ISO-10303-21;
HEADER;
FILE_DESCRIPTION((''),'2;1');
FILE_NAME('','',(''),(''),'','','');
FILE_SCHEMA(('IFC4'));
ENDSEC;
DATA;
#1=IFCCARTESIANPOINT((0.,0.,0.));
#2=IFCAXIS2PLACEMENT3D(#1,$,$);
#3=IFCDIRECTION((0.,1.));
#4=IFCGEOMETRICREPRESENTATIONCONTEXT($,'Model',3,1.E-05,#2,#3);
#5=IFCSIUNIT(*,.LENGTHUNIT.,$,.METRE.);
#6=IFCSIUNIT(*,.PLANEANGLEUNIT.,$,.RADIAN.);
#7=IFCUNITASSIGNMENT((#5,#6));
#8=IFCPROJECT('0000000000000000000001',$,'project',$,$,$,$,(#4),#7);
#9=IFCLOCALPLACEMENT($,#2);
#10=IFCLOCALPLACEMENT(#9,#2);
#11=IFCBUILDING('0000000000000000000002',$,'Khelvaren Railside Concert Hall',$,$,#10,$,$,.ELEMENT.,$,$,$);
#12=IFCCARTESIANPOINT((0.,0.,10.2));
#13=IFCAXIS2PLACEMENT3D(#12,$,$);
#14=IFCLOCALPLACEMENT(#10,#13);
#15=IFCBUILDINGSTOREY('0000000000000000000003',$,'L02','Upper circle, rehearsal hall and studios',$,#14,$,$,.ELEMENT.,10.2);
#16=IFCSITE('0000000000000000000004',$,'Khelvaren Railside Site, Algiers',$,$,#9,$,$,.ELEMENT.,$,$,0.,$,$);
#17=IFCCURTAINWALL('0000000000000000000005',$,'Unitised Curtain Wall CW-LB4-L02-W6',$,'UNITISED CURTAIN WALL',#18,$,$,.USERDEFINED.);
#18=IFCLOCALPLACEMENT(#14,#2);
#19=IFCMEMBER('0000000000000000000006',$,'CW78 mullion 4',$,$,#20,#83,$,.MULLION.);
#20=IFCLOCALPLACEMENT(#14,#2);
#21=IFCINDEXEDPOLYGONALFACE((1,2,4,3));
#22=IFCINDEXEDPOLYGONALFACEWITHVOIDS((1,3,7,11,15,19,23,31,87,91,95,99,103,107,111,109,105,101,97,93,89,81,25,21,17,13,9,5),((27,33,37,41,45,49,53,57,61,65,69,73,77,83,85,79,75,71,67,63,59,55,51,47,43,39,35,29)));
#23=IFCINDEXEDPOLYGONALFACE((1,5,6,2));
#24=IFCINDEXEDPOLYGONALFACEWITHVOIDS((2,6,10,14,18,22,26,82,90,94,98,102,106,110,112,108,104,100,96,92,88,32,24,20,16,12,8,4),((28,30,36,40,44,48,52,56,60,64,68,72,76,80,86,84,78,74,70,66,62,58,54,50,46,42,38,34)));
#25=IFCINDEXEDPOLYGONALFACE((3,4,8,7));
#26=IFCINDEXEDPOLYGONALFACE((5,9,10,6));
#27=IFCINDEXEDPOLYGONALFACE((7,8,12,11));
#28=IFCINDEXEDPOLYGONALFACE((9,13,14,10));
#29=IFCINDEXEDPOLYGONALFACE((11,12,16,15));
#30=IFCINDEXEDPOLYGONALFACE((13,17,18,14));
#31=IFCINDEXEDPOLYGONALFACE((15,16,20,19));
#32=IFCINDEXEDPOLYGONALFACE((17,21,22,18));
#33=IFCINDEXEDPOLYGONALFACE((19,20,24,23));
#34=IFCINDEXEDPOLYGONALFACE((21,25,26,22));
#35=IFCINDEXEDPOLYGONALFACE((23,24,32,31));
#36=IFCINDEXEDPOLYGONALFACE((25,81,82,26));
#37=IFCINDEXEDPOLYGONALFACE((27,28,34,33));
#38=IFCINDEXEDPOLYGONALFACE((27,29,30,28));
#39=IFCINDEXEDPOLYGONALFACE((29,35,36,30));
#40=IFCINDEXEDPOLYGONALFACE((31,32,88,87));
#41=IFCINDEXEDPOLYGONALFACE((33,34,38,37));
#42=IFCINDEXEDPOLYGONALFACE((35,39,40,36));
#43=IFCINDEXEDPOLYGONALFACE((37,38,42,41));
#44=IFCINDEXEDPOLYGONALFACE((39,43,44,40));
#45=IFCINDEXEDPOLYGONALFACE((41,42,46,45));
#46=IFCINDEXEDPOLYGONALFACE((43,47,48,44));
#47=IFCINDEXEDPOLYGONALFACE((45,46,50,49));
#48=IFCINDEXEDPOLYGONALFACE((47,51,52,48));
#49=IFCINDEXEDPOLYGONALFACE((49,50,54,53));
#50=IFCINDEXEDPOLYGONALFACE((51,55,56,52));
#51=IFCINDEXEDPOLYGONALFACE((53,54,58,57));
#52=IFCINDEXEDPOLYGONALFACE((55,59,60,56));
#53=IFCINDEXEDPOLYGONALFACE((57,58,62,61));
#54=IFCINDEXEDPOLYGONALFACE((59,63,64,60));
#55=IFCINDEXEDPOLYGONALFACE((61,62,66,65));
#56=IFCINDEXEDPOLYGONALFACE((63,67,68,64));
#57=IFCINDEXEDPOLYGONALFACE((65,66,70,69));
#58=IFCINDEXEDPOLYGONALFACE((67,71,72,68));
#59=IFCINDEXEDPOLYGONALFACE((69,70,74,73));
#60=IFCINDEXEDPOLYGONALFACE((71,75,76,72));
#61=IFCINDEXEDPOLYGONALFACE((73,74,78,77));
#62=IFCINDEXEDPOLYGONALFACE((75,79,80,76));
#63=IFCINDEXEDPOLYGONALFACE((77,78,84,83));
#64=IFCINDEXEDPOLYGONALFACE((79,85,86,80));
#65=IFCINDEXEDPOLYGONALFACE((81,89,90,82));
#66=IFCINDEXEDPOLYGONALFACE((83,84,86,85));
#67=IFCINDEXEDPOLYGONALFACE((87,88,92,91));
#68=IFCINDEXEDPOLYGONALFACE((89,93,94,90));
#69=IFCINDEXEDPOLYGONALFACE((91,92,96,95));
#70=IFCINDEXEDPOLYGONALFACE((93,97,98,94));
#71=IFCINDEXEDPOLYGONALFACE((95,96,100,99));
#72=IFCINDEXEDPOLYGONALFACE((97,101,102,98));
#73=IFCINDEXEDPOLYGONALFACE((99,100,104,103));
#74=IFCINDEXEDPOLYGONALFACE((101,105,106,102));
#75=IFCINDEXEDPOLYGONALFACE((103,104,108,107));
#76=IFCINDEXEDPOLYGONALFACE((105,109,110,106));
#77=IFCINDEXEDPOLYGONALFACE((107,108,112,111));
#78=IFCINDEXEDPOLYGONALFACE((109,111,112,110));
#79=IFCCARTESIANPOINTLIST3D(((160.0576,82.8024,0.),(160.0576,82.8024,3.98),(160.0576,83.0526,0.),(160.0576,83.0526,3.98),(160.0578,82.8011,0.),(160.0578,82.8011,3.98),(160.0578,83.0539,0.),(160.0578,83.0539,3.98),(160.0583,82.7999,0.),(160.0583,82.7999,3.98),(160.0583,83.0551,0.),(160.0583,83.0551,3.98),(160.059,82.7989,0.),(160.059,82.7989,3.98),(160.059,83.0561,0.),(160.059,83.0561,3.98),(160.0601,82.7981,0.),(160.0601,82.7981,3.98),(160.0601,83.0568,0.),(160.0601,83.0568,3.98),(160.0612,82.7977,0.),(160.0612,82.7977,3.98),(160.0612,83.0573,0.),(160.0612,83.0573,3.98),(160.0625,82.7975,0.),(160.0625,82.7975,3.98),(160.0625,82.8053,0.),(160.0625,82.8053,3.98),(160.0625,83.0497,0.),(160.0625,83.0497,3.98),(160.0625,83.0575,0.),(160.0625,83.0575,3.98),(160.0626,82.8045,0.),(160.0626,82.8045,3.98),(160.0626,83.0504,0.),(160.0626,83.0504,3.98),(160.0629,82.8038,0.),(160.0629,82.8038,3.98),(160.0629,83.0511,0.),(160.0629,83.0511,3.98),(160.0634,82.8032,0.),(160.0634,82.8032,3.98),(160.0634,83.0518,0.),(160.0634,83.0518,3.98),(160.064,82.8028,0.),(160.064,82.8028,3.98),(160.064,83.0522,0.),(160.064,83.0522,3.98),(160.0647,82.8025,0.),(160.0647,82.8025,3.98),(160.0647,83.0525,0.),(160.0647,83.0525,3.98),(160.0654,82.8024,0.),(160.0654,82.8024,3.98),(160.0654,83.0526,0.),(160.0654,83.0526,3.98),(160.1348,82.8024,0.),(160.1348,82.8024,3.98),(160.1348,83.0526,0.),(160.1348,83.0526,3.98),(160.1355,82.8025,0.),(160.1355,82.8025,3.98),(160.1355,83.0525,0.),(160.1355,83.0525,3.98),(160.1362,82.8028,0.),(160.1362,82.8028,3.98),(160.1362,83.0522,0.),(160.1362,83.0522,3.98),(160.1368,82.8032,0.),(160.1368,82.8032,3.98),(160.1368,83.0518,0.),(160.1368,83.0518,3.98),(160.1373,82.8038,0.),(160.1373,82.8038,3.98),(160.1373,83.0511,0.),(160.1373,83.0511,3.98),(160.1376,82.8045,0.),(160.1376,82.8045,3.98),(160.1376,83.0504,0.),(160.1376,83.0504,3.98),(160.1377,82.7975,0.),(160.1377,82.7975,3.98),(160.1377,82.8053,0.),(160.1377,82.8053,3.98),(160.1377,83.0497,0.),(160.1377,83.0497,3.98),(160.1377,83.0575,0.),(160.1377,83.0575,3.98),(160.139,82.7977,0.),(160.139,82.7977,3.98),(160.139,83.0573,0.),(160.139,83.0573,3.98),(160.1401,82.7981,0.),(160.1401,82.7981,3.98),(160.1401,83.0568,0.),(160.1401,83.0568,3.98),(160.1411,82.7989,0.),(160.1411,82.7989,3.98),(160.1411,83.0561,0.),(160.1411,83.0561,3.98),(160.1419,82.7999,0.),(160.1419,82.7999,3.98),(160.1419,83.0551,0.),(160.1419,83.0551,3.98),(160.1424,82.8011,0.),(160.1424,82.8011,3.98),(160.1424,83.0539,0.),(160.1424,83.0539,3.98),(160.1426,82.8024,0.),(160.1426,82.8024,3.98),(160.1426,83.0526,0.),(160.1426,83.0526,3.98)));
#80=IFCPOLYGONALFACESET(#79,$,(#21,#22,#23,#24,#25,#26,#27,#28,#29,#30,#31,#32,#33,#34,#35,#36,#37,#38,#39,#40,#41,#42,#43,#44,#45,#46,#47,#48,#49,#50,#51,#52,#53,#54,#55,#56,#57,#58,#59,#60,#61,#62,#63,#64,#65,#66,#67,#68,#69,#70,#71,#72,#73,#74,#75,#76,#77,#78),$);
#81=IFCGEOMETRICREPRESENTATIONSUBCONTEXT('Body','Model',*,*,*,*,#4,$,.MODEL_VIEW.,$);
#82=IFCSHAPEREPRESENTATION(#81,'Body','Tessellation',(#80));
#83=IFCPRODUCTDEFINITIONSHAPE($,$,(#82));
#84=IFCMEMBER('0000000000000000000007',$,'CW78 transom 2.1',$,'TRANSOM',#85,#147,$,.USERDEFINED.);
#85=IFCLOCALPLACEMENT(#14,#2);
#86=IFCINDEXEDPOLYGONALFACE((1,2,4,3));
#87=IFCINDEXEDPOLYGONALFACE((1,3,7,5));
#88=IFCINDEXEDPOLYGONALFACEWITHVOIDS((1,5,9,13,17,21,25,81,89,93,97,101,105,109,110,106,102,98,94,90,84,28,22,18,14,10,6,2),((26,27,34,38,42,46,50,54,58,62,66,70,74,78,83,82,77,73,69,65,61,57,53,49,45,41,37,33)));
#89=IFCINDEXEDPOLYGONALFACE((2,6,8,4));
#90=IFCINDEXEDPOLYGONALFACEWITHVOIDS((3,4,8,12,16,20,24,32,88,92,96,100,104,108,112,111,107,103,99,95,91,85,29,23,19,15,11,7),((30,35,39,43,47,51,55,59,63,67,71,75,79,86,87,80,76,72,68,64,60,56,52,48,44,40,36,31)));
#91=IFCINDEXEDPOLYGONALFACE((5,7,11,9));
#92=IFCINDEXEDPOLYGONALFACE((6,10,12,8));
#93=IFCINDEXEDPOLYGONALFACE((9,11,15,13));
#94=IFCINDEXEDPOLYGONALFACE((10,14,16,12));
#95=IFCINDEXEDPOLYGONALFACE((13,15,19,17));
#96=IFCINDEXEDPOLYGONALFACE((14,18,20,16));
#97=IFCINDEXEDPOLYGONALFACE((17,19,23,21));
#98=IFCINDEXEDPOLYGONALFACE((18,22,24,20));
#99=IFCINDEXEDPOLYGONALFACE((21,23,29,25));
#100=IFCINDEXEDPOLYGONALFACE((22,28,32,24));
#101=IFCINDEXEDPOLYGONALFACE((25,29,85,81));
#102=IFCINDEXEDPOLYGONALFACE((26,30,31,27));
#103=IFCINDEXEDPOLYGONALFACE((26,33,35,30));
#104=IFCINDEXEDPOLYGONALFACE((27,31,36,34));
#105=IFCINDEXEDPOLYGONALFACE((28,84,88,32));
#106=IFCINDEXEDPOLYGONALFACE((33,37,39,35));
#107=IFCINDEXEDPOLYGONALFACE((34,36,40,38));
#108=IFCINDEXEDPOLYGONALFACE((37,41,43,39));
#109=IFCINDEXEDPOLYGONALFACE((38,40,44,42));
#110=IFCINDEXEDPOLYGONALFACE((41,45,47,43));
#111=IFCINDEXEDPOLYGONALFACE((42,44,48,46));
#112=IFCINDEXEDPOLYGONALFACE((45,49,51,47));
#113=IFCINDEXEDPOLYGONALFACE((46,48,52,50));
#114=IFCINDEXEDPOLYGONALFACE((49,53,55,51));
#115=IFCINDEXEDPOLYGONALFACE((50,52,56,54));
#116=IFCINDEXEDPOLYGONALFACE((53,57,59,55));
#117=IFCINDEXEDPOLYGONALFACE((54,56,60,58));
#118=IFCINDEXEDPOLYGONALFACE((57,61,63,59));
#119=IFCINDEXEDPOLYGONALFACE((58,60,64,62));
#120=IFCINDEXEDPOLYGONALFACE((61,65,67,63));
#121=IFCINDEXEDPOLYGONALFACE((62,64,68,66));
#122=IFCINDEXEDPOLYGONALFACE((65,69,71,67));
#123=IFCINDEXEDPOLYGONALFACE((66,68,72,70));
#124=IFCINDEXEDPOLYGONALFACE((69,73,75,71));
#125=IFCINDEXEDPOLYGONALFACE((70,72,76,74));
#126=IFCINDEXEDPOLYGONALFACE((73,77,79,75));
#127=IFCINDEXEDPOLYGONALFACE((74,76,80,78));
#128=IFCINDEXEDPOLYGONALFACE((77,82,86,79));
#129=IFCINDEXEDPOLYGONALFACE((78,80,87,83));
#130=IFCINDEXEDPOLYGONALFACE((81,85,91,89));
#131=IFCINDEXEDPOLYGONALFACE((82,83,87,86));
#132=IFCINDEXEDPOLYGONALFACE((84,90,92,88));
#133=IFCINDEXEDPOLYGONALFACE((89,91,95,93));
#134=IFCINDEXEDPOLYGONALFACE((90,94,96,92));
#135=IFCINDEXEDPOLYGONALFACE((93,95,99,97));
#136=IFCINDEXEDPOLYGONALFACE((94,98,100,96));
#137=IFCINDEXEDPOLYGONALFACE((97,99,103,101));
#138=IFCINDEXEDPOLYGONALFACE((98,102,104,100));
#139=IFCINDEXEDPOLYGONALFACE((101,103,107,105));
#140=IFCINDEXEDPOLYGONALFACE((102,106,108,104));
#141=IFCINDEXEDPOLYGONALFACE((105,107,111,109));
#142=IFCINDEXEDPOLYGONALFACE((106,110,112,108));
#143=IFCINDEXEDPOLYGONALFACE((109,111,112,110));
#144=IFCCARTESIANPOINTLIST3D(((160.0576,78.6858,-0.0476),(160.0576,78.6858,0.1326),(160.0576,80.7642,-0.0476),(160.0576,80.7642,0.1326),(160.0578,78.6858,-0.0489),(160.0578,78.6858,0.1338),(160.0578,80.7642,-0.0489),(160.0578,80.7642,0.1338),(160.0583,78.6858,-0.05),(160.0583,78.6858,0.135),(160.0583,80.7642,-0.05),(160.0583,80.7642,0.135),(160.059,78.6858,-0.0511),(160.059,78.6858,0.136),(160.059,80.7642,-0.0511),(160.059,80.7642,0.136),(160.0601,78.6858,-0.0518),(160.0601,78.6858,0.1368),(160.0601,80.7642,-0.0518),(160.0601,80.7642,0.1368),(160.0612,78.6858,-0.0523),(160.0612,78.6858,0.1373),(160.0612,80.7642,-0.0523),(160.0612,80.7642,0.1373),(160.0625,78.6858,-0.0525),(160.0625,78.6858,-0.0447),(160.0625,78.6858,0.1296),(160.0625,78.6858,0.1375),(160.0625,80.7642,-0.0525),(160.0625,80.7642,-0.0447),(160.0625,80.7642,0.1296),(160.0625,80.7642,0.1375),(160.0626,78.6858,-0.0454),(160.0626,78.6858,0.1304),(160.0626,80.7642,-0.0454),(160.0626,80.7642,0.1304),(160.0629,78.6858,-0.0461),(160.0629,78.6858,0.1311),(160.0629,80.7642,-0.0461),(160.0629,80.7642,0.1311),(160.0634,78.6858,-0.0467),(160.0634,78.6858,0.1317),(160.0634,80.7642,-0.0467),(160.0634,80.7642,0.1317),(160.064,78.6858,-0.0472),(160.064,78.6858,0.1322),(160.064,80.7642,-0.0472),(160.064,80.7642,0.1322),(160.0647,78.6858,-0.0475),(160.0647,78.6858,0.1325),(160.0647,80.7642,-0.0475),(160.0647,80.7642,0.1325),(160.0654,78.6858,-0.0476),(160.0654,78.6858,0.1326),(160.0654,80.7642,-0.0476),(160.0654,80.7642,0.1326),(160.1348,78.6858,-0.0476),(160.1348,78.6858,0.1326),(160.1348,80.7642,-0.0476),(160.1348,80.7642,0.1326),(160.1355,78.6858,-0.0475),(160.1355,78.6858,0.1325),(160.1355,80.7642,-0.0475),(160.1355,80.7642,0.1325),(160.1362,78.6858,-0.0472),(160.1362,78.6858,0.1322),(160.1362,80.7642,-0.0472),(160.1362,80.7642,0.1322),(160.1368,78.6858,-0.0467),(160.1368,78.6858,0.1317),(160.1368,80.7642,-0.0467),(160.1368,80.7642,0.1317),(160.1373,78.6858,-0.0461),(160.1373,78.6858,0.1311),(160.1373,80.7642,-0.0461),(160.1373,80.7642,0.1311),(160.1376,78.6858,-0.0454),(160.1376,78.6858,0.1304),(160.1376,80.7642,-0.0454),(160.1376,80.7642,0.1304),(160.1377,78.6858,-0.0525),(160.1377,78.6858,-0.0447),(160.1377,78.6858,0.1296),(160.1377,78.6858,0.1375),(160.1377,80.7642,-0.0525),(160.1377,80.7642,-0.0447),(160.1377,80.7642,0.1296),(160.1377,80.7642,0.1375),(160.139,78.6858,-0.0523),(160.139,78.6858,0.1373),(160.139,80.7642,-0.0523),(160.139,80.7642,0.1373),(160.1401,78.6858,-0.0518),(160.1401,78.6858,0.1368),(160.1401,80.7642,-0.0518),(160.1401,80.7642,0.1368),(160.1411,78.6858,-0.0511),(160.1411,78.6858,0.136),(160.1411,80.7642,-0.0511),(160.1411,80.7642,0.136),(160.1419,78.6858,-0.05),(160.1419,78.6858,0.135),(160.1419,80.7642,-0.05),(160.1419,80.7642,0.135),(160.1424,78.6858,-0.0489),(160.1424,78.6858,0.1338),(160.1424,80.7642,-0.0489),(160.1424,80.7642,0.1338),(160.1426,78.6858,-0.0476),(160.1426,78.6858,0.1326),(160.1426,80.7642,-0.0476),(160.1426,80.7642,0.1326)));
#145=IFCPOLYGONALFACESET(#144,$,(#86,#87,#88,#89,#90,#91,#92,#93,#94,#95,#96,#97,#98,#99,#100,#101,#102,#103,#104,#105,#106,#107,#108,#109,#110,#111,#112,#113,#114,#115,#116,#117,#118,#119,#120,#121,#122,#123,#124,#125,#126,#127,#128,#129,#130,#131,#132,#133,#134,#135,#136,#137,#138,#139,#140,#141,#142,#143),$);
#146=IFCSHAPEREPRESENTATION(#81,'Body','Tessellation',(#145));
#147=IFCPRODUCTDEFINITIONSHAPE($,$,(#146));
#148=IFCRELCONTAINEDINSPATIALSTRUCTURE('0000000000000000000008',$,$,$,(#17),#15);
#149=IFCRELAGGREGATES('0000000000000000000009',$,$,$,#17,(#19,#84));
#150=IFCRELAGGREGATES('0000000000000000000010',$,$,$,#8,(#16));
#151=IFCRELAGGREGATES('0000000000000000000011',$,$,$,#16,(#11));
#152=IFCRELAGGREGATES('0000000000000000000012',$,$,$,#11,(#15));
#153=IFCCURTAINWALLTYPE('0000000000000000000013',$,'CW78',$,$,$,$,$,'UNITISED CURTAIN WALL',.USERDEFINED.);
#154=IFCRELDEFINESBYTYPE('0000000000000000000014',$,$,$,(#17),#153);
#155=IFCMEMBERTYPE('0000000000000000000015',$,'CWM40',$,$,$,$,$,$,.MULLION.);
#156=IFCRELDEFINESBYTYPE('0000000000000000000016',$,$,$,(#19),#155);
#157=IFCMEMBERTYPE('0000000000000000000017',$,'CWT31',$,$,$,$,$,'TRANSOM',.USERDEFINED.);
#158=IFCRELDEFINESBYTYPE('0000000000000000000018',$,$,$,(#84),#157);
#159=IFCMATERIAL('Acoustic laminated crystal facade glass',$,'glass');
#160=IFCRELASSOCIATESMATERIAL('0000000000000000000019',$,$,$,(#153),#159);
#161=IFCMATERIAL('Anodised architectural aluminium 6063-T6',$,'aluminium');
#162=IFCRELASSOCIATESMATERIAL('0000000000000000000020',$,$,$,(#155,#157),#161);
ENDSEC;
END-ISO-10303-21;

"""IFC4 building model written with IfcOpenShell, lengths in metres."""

from ifc_helpers import new_model, si_unit, direction, frame, origin, origin_2d, place, context, subcontext, project, spatial, hollow_rectangle, extrude, material, material_profile, profile_set, type_object, element, aggregate, save


model = new_model("IFC4")

# Units and contexts
model_context = context("Model", 3, precision=1e-05, world=origin(), true_north=direction((0.0, 1.0)))
body_context = subcontext(model_context, "Body", "Model", "MODEL_VIEW")
ifc_project = project(units=[si_unit("LENGTHUNIT", "METRE"), si_unit("PLANEANGLEUNIT", "RADIAN")], contexts=[model_context])

# Site, building, storey
site_placement = place(None, origin())
site = spatial("IfcSite", under=ifc_project, at=site_placement, Name="Khelvaren Railside Site, Algiers", CompositionType="ELEMENT", RefElevation=0.0)
building_placement = place(site_placement, origin())
building = spatial("IfcBuilding", under=site, at=building_placement, Name="Khelvaren Railside Concert Hall", CompositionType="ELEMENT")
storey_placement = place(building_placement, frame((0.0, 0.0, 10.2)))
storey = spatial("IfcBuildingStorey", under=building, at=storey_placement, Name="L02", Description="Upper circle, rehearsal hall and studios", CompositionType="ELEMENT", Elevation=10.2)

# Curtain wall, members
ifc_material_1 = material(Name="Acoustic laminated crystal facade glass", Category="glass")
curtain_wall_type = type_object("IfcCurtainWallType", Name="CW78", ElementType="UNITISED CURTAIN WALL", PredefinedType="USERDEFINED", material=ifc_material_1)
curtain_wall_1_placement = place(storey_placement, origin())
curtain_wall_1 = element("IfcCurtainWall", 1, at=curtain_wall_1_placement, inside=storey, type_object=curtain_wall_type, Name="Unitised Curtain Wall CW-LB4-L02-W6", ObjectType="UNITISED CURTAIN WALL", PredefinedType="USERDEFINED")
ifc_material_2 = material(Name="Anodised architectural aluminium 6063-T6", Category="aluminium")
ifc_material_profile_1 = material_profile(ifc_material_2, hollow_rectangle(XDim=0.085, YDim=0.26, WallThickness=0.0049, InnerFilletRadius=0.0029, OuterFilletRadius=0.0049, at=origin_2d()), Name="CWM 85x260x5")
ifc_profile_set_1 = profile_set([ifc_material_profile_1], Name="Anodised architectural aluminium 6063-T6")
member_type_1 = type_object("IfcMemberType", Name="CWM40", PredefinedType="MULLION", material=ifc_profile_set_1)
member_1_placement = place(storey_placement, frame((160.1001, 82.9275, 0.0), z_axis=(0.0, 0.0, 1.0), x_axis=(-1.0, 0.0, 0.0)))
member_1 = element("IfcMember", 2, at=member_1_placement, type_object=member_type_1, Name="CW78 mullion 4", PredefinedType="MULLION", context=body_context, shape_type="SweptSolid", body=[
    extrude(hollow_rectangle(XDim=0.085, YDim=0.26, WallThickness=0.0049, InnerFilletRadius=0.0029, OuterFilletRadius=0.0049, at=origin_2d()), origin(), (0.0, 0.0, 1.0), 3.98),
])
ifc_material_profile_2 = material_profile(ifc_material_2, hollow_rectangle(XDim=0.085, YDim=0.1899, WallThickness=0.0049, InnerFilletRadius=0.0029, OuterFilletRadius=0.0049, at=origin_2d()), Name="CWT 85x190x5")
ifc_profile_set_2 = profile_set([ifc_material_profile_2], Name="Anodised architectural aluminium 6063-T6")
member_type_2 = type_object("IfcMemberType", Name="CWT31", ElementType="TRANSOM", PredefinedType="USERDEFINED", material=ifc_profile_set_2)
member_2_placement = place(storey_placement, frame((160.1001, 78.6858, 0.0425), z_axis=(0.0, 1.0, 0.0), x_axis=(-1.0, 0.0, 0.0)))
member_2 = element("IfcMember", 3, at=member_2_placement, type_object=member_type_2, Name="CW78 transom 2.1", ObjectType="TRANSOM", PredefinedType="USERDEFINED", context=body_context, shape_type="SweptSolid", body=[
    extrude(hollow_rectangle(XDim=0.085, YDim=0.1899, WallThickness=0.0049, InnerFilletRadius=0.0029, OuterFilletRadius=0.0049, at=origin_2d()), origin(), (0.0, 0.0, 1.0), 2.0784),
])

aggregate(curtain_wall_1, [member_1, member_2])

save(model, "model.ifc")
